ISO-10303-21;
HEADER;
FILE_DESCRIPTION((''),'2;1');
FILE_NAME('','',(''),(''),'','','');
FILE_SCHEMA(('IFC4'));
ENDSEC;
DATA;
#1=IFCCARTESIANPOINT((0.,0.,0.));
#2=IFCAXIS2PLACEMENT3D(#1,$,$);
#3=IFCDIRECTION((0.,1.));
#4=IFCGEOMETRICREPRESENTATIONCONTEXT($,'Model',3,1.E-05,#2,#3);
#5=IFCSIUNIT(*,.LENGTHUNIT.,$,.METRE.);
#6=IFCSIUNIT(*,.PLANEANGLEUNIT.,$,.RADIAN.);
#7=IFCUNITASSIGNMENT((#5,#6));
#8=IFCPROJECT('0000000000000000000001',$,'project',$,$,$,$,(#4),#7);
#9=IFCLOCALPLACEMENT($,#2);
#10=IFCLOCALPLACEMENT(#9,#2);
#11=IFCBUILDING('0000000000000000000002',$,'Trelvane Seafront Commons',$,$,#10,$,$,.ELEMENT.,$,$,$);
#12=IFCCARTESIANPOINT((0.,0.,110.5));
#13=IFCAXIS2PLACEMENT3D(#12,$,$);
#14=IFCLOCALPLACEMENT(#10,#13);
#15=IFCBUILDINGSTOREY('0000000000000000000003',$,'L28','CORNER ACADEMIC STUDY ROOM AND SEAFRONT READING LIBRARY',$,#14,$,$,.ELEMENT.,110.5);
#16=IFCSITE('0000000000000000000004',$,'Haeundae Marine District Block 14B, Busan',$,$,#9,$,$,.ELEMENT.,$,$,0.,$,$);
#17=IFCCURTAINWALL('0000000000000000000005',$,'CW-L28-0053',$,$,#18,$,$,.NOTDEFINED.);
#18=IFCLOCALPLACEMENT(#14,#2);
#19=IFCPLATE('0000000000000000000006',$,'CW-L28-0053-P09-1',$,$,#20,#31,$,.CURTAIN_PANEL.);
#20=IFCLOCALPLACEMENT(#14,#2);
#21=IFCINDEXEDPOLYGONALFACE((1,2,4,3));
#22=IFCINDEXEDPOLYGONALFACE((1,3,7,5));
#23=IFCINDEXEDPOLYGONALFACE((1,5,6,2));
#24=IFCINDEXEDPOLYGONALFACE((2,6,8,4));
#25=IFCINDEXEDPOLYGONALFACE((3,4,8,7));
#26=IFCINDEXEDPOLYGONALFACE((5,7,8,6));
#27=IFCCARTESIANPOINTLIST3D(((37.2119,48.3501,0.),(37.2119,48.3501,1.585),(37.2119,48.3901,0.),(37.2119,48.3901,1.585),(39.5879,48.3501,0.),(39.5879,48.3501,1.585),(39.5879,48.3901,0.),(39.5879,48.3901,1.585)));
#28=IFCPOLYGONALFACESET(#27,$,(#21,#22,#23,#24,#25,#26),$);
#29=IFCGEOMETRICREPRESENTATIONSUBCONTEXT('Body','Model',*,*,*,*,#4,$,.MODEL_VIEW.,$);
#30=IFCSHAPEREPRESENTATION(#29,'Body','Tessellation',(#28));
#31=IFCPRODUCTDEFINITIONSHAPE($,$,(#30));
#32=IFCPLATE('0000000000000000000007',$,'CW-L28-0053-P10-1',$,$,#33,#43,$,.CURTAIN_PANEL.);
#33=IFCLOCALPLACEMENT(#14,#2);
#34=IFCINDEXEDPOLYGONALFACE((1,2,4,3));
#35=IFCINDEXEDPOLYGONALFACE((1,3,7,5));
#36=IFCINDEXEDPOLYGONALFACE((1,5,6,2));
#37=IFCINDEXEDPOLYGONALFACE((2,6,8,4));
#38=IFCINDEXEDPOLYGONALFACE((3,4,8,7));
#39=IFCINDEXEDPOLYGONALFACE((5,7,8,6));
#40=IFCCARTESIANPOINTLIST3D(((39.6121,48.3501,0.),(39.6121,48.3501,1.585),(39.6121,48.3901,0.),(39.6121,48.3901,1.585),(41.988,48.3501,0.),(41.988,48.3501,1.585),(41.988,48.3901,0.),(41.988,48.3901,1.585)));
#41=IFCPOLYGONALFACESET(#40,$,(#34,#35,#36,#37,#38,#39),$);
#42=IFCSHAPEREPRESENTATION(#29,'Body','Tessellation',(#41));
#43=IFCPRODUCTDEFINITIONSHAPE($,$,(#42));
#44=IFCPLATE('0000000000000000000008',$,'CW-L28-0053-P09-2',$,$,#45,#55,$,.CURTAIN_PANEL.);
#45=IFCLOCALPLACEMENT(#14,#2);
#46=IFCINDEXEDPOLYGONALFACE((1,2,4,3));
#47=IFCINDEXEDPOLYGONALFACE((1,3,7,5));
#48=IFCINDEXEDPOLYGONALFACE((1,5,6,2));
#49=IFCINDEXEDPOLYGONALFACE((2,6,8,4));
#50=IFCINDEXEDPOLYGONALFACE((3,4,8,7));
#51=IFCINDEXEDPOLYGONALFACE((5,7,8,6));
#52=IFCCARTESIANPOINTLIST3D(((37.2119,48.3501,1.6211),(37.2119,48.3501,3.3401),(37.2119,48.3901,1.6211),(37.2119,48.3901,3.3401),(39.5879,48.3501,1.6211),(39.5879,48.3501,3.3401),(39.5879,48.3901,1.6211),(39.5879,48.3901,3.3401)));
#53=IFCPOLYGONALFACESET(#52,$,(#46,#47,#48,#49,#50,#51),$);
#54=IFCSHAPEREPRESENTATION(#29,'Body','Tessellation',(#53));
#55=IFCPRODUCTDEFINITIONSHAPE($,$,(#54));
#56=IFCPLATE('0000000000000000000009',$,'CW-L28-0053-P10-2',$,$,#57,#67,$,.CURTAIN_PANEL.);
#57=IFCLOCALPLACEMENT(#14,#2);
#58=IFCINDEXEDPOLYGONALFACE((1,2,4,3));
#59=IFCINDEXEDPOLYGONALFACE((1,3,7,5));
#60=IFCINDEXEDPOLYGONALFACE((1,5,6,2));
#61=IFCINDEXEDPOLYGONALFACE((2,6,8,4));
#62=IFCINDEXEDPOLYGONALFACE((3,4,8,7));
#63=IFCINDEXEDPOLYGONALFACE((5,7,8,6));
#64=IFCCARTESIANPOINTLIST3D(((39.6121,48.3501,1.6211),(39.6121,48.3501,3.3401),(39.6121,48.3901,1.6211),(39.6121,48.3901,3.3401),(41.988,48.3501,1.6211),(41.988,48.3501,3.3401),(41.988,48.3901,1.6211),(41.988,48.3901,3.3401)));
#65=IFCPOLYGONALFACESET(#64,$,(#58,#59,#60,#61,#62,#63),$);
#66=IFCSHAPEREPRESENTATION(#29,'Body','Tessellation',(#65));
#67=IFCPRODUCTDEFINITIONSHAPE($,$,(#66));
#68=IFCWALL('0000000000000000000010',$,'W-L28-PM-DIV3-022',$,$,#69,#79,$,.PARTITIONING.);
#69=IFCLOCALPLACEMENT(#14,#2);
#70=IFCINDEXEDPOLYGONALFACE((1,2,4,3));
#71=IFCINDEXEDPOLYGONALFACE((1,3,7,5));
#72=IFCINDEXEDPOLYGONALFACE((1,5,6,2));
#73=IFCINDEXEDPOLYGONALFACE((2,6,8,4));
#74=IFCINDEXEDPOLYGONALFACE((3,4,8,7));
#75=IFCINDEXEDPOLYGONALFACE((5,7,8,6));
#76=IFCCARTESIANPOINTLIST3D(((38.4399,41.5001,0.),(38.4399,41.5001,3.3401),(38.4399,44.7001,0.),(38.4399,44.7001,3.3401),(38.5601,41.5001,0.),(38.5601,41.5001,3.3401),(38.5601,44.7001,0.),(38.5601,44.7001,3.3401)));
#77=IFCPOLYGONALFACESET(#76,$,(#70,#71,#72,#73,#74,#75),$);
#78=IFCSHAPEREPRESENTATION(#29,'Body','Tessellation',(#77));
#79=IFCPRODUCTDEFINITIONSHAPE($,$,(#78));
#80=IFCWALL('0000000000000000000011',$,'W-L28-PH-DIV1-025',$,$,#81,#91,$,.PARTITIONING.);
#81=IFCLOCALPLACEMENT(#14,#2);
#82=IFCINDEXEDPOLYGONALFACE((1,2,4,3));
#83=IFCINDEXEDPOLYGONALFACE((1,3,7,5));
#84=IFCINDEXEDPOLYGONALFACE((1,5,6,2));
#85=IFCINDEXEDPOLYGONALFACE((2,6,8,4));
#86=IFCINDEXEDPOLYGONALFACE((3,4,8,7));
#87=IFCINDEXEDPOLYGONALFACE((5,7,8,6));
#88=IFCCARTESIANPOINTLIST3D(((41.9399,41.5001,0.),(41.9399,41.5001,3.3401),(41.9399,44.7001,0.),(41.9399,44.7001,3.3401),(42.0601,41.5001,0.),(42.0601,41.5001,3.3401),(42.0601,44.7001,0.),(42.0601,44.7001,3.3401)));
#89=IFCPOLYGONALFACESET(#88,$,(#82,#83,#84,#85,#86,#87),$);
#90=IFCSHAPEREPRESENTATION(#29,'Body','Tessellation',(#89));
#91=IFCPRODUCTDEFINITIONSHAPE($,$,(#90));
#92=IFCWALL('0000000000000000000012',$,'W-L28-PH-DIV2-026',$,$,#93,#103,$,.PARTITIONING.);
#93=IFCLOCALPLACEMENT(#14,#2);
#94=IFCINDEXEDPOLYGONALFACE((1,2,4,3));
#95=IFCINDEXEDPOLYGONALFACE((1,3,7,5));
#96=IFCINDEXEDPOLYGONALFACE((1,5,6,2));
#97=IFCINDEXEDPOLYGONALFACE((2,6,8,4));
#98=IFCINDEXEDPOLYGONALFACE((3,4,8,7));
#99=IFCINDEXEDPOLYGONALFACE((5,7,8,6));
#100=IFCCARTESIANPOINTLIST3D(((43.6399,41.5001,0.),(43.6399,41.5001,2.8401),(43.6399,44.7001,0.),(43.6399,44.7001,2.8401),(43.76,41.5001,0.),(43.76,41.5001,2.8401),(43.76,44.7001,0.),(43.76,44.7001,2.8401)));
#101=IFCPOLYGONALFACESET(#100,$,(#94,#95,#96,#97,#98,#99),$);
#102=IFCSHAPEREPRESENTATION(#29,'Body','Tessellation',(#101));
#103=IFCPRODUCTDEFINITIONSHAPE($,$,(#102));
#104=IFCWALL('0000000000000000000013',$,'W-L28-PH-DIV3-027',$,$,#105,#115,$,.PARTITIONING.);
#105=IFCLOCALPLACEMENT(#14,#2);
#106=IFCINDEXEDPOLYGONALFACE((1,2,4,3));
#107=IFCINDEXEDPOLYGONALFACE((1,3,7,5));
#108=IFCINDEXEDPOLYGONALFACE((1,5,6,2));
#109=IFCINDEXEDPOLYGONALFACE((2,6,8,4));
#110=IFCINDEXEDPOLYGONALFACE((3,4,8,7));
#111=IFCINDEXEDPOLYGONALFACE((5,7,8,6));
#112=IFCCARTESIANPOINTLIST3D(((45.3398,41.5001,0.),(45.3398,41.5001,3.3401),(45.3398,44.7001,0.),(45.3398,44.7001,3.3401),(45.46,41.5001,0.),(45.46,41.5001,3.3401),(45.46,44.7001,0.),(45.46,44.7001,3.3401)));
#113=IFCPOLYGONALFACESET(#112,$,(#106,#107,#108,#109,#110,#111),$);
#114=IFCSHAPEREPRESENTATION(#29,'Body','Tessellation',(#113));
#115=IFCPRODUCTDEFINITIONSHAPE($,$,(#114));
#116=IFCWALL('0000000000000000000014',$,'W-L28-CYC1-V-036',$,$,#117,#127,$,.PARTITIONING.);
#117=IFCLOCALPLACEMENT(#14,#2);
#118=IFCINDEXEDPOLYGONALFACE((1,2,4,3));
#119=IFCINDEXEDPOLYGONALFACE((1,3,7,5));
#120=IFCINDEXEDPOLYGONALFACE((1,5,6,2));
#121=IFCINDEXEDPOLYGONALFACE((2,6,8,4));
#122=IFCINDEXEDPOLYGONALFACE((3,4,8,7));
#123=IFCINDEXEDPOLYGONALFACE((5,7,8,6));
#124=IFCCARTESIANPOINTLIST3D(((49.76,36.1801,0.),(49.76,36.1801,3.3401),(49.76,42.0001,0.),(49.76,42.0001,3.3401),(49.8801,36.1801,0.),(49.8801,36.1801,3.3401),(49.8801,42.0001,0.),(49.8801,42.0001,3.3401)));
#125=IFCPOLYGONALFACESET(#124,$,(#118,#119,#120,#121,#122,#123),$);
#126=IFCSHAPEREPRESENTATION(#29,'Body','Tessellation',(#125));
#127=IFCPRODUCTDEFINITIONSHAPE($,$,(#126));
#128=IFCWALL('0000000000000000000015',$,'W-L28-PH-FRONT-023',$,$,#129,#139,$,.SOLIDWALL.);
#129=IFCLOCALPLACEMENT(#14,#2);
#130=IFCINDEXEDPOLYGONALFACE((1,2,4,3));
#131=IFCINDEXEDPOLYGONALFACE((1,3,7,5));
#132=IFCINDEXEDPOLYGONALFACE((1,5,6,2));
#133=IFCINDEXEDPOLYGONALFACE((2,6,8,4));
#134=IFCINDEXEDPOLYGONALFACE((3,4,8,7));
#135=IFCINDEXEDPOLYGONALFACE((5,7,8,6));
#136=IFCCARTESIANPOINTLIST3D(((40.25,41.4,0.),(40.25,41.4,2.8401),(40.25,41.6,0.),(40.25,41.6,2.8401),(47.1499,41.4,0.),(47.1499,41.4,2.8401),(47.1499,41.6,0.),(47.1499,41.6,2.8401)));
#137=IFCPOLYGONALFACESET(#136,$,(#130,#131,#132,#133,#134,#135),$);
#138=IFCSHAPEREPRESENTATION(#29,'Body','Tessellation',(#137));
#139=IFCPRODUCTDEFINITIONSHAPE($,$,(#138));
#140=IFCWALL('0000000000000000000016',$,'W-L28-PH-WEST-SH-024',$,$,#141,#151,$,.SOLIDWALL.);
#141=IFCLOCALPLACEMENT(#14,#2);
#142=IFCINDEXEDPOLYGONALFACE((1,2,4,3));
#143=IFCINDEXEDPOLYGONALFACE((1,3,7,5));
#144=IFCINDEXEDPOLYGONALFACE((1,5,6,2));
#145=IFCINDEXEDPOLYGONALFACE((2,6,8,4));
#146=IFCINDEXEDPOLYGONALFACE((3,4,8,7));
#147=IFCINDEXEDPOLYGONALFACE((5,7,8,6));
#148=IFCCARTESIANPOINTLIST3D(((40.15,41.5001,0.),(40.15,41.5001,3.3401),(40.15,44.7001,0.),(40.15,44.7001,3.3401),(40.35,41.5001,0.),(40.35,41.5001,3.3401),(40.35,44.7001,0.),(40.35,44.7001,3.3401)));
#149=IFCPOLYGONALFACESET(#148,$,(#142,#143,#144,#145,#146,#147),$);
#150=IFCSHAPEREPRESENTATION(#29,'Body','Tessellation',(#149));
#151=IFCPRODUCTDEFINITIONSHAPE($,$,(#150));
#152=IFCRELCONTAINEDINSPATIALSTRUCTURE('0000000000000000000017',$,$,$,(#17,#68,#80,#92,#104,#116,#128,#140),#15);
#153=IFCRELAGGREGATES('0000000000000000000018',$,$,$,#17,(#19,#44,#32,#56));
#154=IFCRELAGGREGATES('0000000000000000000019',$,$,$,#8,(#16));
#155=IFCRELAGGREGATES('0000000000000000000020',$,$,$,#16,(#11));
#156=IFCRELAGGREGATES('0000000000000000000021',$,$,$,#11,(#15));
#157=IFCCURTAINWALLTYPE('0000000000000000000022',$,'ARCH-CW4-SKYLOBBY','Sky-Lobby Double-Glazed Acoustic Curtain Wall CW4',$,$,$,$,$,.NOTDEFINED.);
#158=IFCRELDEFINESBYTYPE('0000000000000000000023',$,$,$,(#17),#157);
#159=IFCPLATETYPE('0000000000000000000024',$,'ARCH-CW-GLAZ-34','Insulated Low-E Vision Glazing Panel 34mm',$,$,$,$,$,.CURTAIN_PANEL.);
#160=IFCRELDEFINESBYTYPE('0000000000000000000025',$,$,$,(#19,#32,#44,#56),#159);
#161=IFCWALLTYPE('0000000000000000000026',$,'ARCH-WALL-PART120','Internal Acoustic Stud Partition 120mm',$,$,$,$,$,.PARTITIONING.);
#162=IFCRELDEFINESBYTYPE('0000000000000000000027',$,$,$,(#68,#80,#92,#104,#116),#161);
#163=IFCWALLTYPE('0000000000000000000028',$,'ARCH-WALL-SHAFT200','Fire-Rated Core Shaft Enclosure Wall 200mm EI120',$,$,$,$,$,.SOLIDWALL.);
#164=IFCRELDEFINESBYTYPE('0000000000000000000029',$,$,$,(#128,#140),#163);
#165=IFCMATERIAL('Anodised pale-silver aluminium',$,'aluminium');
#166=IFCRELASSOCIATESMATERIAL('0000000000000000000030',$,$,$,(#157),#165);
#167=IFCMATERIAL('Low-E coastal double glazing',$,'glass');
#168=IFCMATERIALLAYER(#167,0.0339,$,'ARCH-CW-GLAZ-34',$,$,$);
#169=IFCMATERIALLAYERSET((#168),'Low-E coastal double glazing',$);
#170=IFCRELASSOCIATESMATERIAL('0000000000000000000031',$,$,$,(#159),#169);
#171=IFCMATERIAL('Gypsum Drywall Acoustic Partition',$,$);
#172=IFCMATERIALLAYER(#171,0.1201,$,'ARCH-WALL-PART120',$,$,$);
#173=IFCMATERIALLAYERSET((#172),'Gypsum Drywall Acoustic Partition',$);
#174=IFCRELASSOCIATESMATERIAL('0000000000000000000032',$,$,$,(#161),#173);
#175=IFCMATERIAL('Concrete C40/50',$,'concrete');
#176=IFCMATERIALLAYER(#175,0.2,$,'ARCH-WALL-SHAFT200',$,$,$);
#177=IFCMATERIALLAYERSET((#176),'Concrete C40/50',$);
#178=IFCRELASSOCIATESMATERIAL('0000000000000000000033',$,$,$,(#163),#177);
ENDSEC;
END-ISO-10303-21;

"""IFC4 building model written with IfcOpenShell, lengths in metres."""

from ifc_helpers import new_model, si_unit, direction, frame, frame_2d, origin, origin_2d, place, context, subcontext, project, spatial, rectangle, extrude, source, transform, mapped, material, layer, layer_set, type_object, element, aggregate, save


model = new_model("IFC4")

# Units and contexts
model_context = context("Model", 3, precision=1e-05, world=origin(), true_north=direction((0.0, 1.0)))
body_context = subcontext(model_context, "Body", "Model", "MODEL_VIEW")
ifc_project = project(units=[si_unit("LENGTHUNIT", "METRE"), si_unit("PLANEANGLEUNIT", "RADIAN")], contexts=[model_context])

# Site, building, storey
site_placement = place(None, origin())
site = spatial("IfcSite", under=ifc_project, at=site_placement, Name="Haeundae Marine District Block 14B, Busan", CompositionType="ELEMENT", RefElevation=0.0)
building_placement = place(site_placement, origin())
building = spatial("IfcBuilding", under=site, at=building_placement, Name="Trelvane Seafront Commons", CompositionType="ELEMENT")
storey_placement = place(building_placement, frame((0.0, 0.0, 110.5)))
storey = spatial("IfcBuildingStorey", under=building, at=storey_placement, Name="L28", Description="CORNER ACADEMIC STUDY ROOM AND SEAFRONT READING LIBRARY", CompositionType="ELEMENT", Elevation=110.5)

# Curtain wall, plates
ifc_material_1 = material(Name="Anodised pale-silver aluminium", Category="aluminium")
curtain_wall_type = type_object("IfcCurtainWallType", Name="ARCH-CW4-SKYLOBBY", Description="Sky-Lobby Double-Glazed Acoustic Curtain Wall CW4", PredefinedType="NOTDEFINED", material=ifc_material_1)
curtain_wall_placement = place(storey_placement, origin())
curtain_wall = element("IfcCurtainWall", 1, at=curtain_wall_placement, inside=storey, type_object=curtain_wall_type, Name="CW-L28-0053", PredefinedType="NOTDEFINED")
ifc_material_2 = material(Name="Low-E coastal double glazing", Category="glass")
ifc_layer_1 = layer(ifc_material_2, 0.0339, Name="ARCH-CW-GLAZ-34")
ifc_layer_set_1 = layer_set([ifc_layer_1], Name="Low-E coastal double glazing")
plate_type = type_object("IfcPlateType", Name="ARCH-CW-GLAZ-34", Description="Insulated Low-E Vision Glazing Panel 34mm", PredefinedType="CURTAIN_PANEL", material=ifc_layer_set_1)
shared_shape_1 = source(origin(), body_context, "Body", "SweptSolid", [
    extrude(rectangle(XDim=2.376, YDim=0.04, at=origin_2d()), origin(), (0.0, 0.0, 1.0), 1.585),
])
plate_1_placement = place(storey_placement, frame((38.3999, 48.3701, 0.0), z_axis=(0.0, 0.0, 1.0), x_axis=(1.0, 0.0, 0.0)))
plate_1 = element("IfcPlate", 2, at=plate_1_placement, type_object=plate_type, Name="CW-L28-0053-P09-1", PredefinedType="CURTAIN_PANEL", context=body_context, shape_type="MappedRepresentation", body=[
    mapped(shared_shape_1, transform((0.0, 0.0, 0.0), x_axis=(1.0, 0.0, 0.0), y_axis=(0.0, 1.0, 0.0), z_axis=(0.0, 0.0, 1.0), scale=1.0)),
])
plate_2_placement = place(storey_placement, frame((40.8, 48.3701, 0.0), z_axis=(0.0, 0.0, 1.0), x_axis=(1.0, 0.0, 0.0)))
plate_2 = element("IfcPlate", 3, at=plate_2_placement, type_object=plate_type, Name="CW-L28-0053-P10-1", PredefinedType="CURTAIN_PANEL", context=body_context, shape_type="MappedRepresentation", body=[
    mapped(shared_shape_1, transform((0.0, 0.0, 0.0), x_axis=(1.0, 0.0, 0.0), y_axis=(0.0, 1.0, 0.0), z_axis=(0.0, 0.0, 1.0), scale=1.0)),
])
shared_shape_2 = source(origin(), body_context, "Body", "SweptSolid", [
    extrude(rectangle(XDim=2.376, YDim=0.04, at=origin_2d()), origin(), (0.0, 0.0, 1.0), 1.719),
])
plate_3_placement = place(storey_placement, frame((38.3999, 48.3701, 1.6211), z_axis=(0.0, 0.0, 1.0), x_axis=(1.0, 0.0, 0.0)))
plate_3 = element("IfcPlate", 4, at=plate_3_placement, type_object=plate_type, Name="CW-L28-0053-P09-2", PredefinedType="CURTAIN_PANEL", context=body_context, shape_type="MappedRepresentation", body=[
    mapped(shared_shape_2, transform((0.0, 0.0, 0.0), x_axis=(1.0, 0.0, 0.0), y_axis=(0.0, 1.0, 0.0), z_axis=(0.0, 0.0, 1.0), scale=1.0)),
])
plate_4_placement = place(storey_placement, frame((40.8, 48.3701, 1.6211), z_axis=(0.0, 0.0, 1.0), x_axis=(1.0, 0.0, 0.0)))
plate_4 = element("IfcPlate", 5, at=plate_4_placement, type_object=plate_type, Name="CW-L28-0053-P10-2", PredefinedType="CURTAIN_PANEL", context=body_context, shape_type="MappedRepresentation", body=[
    mapped(shared_shape_2, transform((0.0, 0.0, 0.0), x_axis=(1.0, 0.0, 0.0), y_axis=(0.0, 1.0, 0.0), z_axis=(0.0, 0.0, 1.0), scale=1.0)),
])
aggregate(curtain_wall, [plate_1, plate_3, plate_2, plate_4])

# Walls
ifc_material_3 = material(Name="Gypsum Drywall Acoustic Partition")
ifc_layer_2 = layer(ifc_material_3, 0.1201, Name="ARCH-WALL-PART120")
ifc_layer_set_2 = layer_set([ifc_layer_2], Name="Gypsum Drywall Acoustic Partition")
wall_type_1 = type_object("IfcWallType", Name="ARCH-WALL-PART120", Description="Internal Acoustic Stud Partition 120mm", PredefinedType="PARTITIONING", material=ifc_layer_set_2)
for number, where, z_axis, x_axis, name in (
    (6, (38.5, 41.5, 0.0), (0.0, 0.0, 1.0), (0.0, 1.0, 0.0), "W-L28-PM-DIV3-022"),
    (7, (42.0, 41.5, 0.0), (0.0, 0.0, 1.0), (0.0, 1.0, 0.0), "W-L28-PH-DIV1-025"),
):
    element("IfcWall", number, at=place(storey_placement, frame(where, z_axis=z_axis, x_axis=x_axis)), inside=storey, type_object=wall_type_1, Name=name, PredefinedType="PARTITIONING", context=body_context, shape_type="SweptSolid", body=[
        extrude(rectangle(XDim=3.2, YDim=0.1201, at=frame_2d((1.6001, 0.0))), origin(), (0.0, 0.0, 1.0), 3.3401),
    ])
wall_1_placement = place(storey_placement, frame((43.7, 41.5, 0.0), z_axis=(0.0, 0.0, 1.0), x_axis=(0.0, 1.0, 0.0)))
element("IfcWall", 8, at=wall_1_placement, inside=storey, type_object=wall_type_1, Name="W-L28-PH-DIV2-026", PredefinedType="PARTITIONING", context=body_context, shape_type="SweptSolid", body=[
    extrude(rectangle(XDim=3.2, YDim=0.1201, at=frame_2d((1.6001, 0.0))), origin(), (0.0, 0.0, 1.0), 2.8401),
])
wall_2_placement = place(storey_placement, frame((45.3999, 41.5, 0.0), z_axis=(0.0, 0.0, 1.0), x_axis=(0.0, 1.0, 0.0)))
element("IfcWall", 9, at=wall_2_placement, inside=storey, type_object=wall_type_1, Name="W-L28-PH-DIV3-027", PredefinedType="PARTITIONING", context=body_context, shape_type="SweptSolid", body=[
    extrude(rectangle(XDim=3.2, YDim=0.1201, at=frame_2d((1.6001, 0.0))), origin(), (0.0, 0.0, 1.0), 3.3401),
])

# Wall
wall_3_placement = place(storey_placement, frame((49.8201, 36.1799, 0.0), z_axis=(0.0, 0.0, 1.0), x_axis=(0.0, 1.0, 0.0)))
element("IfcWall", 10, at=wall_3_placement, inside=storey, type_object=wall_type_1, Name="W-L28-CYC1-V-036", PredefinedType="PARTITIONING", context=body_context, shape_type="SweptSolid", body=[
    extrude(rectangle(XDim=5.8201, YDim=0.1201, at=frame_2d((2.9102, 0.0))), origin(), (0.0, 0.0, 1.0), 3.3401),
])

# Walls
ifc_material_4 = material(Name="Concrete C40/50", Category="concrete")
ifc_layer_3 = layer(ifc_material_4, 0.2, Name="ARCH-WALL-SHAFT200")
ifc_layer_set_3 = layer_set([ifc_layer_3], Name="Concrete C40/50")
wall_type_2 = type_object("IfcWallType", Name="ARCH-WALL-SHAFT200", Description="Fire-Rated Core Shaft Enclosure Wall 200mm EI120", PredefinedType="SOLIDWALL", material=ifc_layer_set_3)
wall_4_placement = place(storey_placement, frame((40.25, 41.5, 0.0), z_axis=(0.0, 0.0, 1.0), x_axis=(1.0, 0.0, 0.0)))
element("IfcWall", 11, at=wall_4_placement, inside=storey, type_object=wall_type_2, Name="W-L28-PH-FRONT-023", PredefinedType="SOLIDWALL", context=body_context, shape_type="SweptSolid", body=[
    extrude(rectangle(XDim=6.8999, YDim=0.2, at=frame_2d((3.45, 0.0))), origin(), (0.0, 0.0, 1.0), 2.8401),
])
wall_5_placement = place(storey_placement, frame((40.25, 41.5, 0.0), z_axis=(0.0, 0.0, 1.0), x_axis=(0.0, 1.0, 0.0)))
element("IfcWall", 12, at=wall_5_placement, inside=storey, type_object=wall_type_2, Name="W-L28-PH-WEST-SH-024", PredefinedType="SOLIDWALL", context=body_context, shape_type="SweptSolid", body=[
    extrude(rectangle(XDim=3.2, YDim=0.2, at=frame_2d((1.6001, 0.0))), origin(), (0.0, 0.0, 1.0), 3.3401),
])

save(model, "model.ifc")
